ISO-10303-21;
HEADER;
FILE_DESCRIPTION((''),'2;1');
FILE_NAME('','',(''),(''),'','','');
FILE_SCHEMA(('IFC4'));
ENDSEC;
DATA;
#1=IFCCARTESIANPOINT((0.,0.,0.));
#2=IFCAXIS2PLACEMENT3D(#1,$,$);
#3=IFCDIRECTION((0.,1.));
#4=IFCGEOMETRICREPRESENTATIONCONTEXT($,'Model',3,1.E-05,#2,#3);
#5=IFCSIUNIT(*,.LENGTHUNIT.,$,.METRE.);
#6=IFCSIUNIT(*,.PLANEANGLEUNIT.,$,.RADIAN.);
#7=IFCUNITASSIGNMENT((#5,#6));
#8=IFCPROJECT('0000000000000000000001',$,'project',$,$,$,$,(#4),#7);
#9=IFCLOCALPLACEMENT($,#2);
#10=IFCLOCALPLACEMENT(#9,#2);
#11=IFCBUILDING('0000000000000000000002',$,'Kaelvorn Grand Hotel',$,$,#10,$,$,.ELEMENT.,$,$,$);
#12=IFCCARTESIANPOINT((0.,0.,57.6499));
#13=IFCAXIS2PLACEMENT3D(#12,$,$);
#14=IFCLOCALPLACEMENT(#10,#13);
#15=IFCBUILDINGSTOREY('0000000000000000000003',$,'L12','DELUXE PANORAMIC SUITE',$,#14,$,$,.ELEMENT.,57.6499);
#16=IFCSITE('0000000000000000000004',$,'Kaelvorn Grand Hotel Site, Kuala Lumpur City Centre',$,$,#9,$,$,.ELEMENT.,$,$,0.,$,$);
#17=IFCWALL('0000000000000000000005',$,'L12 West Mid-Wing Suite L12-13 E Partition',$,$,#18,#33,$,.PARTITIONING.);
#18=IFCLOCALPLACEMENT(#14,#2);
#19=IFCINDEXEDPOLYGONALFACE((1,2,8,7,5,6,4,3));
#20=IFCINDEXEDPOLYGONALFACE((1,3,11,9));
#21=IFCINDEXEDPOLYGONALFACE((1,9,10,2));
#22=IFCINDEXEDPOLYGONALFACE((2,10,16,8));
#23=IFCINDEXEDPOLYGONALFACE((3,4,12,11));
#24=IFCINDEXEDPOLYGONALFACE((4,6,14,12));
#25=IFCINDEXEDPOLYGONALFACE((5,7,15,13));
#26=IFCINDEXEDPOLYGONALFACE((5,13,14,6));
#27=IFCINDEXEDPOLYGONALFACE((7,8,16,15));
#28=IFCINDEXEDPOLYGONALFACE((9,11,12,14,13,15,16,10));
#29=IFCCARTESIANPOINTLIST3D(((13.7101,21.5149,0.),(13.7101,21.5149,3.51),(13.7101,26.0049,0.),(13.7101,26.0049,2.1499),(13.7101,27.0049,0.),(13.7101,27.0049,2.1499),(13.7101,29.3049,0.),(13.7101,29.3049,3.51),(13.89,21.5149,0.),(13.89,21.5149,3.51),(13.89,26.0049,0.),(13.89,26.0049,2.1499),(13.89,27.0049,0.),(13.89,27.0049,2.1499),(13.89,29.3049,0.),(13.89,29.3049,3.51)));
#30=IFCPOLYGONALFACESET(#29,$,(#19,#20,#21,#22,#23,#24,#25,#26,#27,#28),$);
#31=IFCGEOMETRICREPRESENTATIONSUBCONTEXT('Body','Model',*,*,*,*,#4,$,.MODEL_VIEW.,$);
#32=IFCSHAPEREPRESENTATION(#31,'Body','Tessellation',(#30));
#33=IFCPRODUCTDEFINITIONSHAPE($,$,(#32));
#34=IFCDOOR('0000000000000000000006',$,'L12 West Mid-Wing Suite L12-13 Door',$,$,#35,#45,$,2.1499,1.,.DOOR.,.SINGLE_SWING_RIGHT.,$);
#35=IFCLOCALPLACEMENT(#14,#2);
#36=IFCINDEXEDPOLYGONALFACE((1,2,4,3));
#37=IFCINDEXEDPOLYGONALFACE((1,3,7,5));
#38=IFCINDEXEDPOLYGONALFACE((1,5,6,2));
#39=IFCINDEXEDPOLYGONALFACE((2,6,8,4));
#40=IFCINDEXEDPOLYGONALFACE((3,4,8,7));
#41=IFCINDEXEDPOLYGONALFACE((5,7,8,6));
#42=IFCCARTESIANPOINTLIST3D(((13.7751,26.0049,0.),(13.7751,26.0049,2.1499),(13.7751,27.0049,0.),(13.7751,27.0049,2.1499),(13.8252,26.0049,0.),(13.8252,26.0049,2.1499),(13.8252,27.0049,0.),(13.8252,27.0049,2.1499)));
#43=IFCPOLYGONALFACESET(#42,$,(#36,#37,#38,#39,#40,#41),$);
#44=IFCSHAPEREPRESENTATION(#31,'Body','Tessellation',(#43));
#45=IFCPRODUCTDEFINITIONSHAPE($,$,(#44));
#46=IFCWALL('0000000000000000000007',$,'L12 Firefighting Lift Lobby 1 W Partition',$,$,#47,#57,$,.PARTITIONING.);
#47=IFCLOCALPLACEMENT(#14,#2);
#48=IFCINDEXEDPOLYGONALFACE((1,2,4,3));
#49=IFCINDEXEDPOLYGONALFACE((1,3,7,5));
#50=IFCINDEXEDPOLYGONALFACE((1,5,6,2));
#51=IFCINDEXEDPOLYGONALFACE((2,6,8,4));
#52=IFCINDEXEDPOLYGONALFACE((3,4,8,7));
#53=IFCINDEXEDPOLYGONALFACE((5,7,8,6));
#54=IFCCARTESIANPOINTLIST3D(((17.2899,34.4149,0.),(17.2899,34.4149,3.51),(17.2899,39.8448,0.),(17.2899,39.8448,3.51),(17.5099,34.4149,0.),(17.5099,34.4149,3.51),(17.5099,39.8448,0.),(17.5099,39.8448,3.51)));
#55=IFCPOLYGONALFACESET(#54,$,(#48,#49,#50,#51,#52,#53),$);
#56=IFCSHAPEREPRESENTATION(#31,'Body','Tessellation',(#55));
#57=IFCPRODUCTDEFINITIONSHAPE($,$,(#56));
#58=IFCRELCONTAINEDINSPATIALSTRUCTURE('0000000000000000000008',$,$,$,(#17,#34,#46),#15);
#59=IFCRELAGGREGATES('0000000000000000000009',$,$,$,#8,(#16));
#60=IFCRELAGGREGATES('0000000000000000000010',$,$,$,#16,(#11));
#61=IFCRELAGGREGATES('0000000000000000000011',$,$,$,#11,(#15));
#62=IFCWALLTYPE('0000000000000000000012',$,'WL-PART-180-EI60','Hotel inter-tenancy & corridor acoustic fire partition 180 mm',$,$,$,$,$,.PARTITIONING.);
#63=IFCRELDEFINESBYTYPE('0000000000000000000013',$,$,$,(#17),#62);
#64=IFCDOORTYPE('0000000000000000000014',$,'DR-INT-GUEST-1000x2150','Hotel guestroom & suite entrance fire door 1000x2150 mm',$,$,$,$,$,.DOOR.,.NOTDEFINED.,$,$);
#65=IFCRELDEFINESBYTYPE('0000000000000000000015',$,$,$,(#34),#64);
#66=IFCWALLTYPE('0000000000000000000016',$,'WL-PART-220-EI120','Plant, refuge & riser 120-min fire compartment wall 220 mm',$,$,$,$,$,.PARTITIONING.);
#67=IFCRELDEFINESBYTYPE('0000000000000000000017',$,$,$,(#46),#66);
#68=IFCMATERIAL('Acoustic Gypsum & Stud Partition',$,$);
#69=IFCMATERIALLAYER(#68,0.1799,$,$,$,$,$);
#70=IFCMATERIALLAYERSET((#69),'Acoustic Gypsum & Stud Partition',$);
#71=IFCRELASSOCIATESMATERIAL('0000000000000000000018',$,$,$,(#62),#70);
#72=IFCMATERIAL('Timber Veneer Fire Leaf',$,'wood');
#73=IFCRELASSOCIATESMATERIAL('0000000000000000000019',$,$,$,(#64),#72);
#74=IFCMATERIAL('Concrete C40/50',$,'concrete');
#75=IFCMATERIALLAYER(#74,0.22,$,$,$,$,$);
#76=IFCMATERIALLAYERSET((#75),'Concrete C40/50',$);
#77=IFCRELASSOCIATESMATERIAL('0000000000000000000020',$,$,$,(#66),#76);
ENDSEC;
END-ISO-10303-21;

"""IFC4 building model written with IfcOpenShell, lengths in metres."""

from ifc_helpers import new_model, si_unit, direction, frame, frame_2d, origin, place, context, subcontext, project, spatial, rectangle, extrude, material, layer, layer_set, type_object, element, fill, save


model = new_model("IFC4")

# Units and contexts
model_context = context("Model", 3, precision=1e-05, world=origin(), true_north=direction((0.0, 1.0)))
body_context = subcontext(model_context, "Body", "Model", "MODEL_VIEW")
ifc_project = project(units=[si_unit("LENGTHUNIT", "METRE"), si_unit("PLANEANGLEUNIT", "RADIAN")], contexts=[model_context])

# Site, building, storey
site_placement = place(None, origin())
site = spatial("IfcSite", under=ifc_project, at=site_placement, Name="Kaelvorn Grand Hotel Site, Kuala Lumpur City Centre", CompositionType="ELEMENT", RefElevation=0.0)
building_placement = place(site_placement, origin())
building = spatial("IfcBuilding", under=site, at=building_placement, Name="Kaelvorn Grand Hotel", CompositionType="ELEMENT")
storey_placement = place(building_placement, frame((0.0, 0.0, 57.6499)))
storey = spatial("IfcBuildingStorey", under=building, at=storey_placement, Name="L12", Description="DELUXE PANORAMIC SUITE", CompositionType="ELEMENT", Elevation=57.6499)

# Shared definitions
ifc_material_1 = material(Name="Acoustic Gypsum & Stud Partition")
ifc_material_2 = material(Name="Timber Veneer Fire Leaf", Category="wood")

# Shared definitions
ifc_layer_1 = layer(ifc_material_1, 0.1799)
ifc_layer_set_1 = layer_set([ifc_layer_1], Name="Acoustic Gypsum & Stud Partition")
wall_type_1 = type_object("IfcWallType", Name="WL-PART-180-EI60", Description="Hotel inter-tenancy & corridor acoustic fire partition 180 mm", PredefinedType="PARTITIONING", material=ifc_layer_set_1)

# Wall, opening, door
wall_1_placement = place(storey_placement, frame((13.8, 21.5149, 0.0), z_axis=(0.0, 0.0, 1.0), x_axis=(0.0, 1.0, 0.0)))
wall_1 = element("IfcWall", 1, at=wall_1_placement, inside=storey, type_object=wall_type_1, Name="L12 West Mid-Wing Suite L12-13 E Partition", PredefinedType="PARTITIONING", context=body_context, shape_type="SweptSolid", body=[
    extrude(rectangle(XDim=7.79, YDim=0.1799, at=frame_2d((3.895, 0.0))), origin(), (0.0, 0.0, 1.0), 3.51),
])
opening_1_placement = place(wall_1_placement, frame((4.49, 0.0, 0.0)))
opening_1 = element("IfcOpeningElement", 2, at=opening_1_placement, cuts=wall_1, PredefinedType="OPENING", context=body_context, shape_type="SweptSolid", body=[
    extrude(rectangle(XDim=1.0, YDim=2.1499, at=frame_2d((0.5, 1.075))), frame((0.0, 0.1001, 0.0), z_axis=(0.0, -1.0, 0.0), x_axis=(1.0, 0.0, 0.0)), (0.0, 0.0, 1.0), 0.2),
])
door_type_1 = type_object("IfcDoorType", Name="DR-INT-GUEST-1000x2150", Description="Hotel guestroom & suite entrance fire door 1000x2150 mm", OperationType="NOTDEFINED", PredefinedType="DOOR", material=ifc_material_2)
door_1_placement = place(opening_1_placement, origin())
door_1 = element("IfcDoor", 3, at=door_1_placement, inside=storey, type_object=door_type_1, Name="L12 West Mid-Wing Suite L12-13 Door", OperationType="SINGLE_SWING_RIGHT", OverallHeight=2.1499, OverallWidth=1.0, PredefinedType="DOOR", context=body_context, shape_type="SweptSolid", body=[
    extrude(rectangle(XDim=1.0, YDim=2.1499, at=frame_2d((0.5, 1.075))), frame((0.0, 0.0249, 0.0), z_axis=(0.0, -1.0, 0.0), x_axis=(1.0, 0.0, 0.0)), (0.0, 0.0, 1.0), 0.05),
])
fill(opening_1, door_1)
ifc_material_3 = material(Name="Concrete C40/50", Category="concrete")
ifc_layer_2 = layer(ifc_material_3, 0.22)
ifc_layer_set_2 = layer_set([ifc_layer_2], Name="Concrete C40/50")
wall_type_2 = type_object("IfcWallType", Name="WL-PART-220-EI120", Description="Plant, refuge & riser 120-min fire compartment wall 220 mm", PredefinedType="PARTITIONING", material=ifc_layer_set_2)

# Wall
wall_2_placement = place(storey_placement, frame((17.3999, 34.415, 0.0), z_axis=(0.0, 0.0, 1.0), x_axis=(0.0, 1.0, 0.0)))
element("IfcWall", 4, at=wall_2_placement, inside=storey, type_object=wall_type_2, Name="L12 Firefighting Lift Lobby 1 W Partition", PredefinedType="PARTITIONING", context=body_context, shape_type="SweptSolid", body=[
    extrude(rectangle(XDim=5.4299, YDim=0.22, at=frame_2d((2.7148, 0.0))), origin(), (0.0, 0.0, 1.0), 3.51),
])

save(model, "model.ifc")
